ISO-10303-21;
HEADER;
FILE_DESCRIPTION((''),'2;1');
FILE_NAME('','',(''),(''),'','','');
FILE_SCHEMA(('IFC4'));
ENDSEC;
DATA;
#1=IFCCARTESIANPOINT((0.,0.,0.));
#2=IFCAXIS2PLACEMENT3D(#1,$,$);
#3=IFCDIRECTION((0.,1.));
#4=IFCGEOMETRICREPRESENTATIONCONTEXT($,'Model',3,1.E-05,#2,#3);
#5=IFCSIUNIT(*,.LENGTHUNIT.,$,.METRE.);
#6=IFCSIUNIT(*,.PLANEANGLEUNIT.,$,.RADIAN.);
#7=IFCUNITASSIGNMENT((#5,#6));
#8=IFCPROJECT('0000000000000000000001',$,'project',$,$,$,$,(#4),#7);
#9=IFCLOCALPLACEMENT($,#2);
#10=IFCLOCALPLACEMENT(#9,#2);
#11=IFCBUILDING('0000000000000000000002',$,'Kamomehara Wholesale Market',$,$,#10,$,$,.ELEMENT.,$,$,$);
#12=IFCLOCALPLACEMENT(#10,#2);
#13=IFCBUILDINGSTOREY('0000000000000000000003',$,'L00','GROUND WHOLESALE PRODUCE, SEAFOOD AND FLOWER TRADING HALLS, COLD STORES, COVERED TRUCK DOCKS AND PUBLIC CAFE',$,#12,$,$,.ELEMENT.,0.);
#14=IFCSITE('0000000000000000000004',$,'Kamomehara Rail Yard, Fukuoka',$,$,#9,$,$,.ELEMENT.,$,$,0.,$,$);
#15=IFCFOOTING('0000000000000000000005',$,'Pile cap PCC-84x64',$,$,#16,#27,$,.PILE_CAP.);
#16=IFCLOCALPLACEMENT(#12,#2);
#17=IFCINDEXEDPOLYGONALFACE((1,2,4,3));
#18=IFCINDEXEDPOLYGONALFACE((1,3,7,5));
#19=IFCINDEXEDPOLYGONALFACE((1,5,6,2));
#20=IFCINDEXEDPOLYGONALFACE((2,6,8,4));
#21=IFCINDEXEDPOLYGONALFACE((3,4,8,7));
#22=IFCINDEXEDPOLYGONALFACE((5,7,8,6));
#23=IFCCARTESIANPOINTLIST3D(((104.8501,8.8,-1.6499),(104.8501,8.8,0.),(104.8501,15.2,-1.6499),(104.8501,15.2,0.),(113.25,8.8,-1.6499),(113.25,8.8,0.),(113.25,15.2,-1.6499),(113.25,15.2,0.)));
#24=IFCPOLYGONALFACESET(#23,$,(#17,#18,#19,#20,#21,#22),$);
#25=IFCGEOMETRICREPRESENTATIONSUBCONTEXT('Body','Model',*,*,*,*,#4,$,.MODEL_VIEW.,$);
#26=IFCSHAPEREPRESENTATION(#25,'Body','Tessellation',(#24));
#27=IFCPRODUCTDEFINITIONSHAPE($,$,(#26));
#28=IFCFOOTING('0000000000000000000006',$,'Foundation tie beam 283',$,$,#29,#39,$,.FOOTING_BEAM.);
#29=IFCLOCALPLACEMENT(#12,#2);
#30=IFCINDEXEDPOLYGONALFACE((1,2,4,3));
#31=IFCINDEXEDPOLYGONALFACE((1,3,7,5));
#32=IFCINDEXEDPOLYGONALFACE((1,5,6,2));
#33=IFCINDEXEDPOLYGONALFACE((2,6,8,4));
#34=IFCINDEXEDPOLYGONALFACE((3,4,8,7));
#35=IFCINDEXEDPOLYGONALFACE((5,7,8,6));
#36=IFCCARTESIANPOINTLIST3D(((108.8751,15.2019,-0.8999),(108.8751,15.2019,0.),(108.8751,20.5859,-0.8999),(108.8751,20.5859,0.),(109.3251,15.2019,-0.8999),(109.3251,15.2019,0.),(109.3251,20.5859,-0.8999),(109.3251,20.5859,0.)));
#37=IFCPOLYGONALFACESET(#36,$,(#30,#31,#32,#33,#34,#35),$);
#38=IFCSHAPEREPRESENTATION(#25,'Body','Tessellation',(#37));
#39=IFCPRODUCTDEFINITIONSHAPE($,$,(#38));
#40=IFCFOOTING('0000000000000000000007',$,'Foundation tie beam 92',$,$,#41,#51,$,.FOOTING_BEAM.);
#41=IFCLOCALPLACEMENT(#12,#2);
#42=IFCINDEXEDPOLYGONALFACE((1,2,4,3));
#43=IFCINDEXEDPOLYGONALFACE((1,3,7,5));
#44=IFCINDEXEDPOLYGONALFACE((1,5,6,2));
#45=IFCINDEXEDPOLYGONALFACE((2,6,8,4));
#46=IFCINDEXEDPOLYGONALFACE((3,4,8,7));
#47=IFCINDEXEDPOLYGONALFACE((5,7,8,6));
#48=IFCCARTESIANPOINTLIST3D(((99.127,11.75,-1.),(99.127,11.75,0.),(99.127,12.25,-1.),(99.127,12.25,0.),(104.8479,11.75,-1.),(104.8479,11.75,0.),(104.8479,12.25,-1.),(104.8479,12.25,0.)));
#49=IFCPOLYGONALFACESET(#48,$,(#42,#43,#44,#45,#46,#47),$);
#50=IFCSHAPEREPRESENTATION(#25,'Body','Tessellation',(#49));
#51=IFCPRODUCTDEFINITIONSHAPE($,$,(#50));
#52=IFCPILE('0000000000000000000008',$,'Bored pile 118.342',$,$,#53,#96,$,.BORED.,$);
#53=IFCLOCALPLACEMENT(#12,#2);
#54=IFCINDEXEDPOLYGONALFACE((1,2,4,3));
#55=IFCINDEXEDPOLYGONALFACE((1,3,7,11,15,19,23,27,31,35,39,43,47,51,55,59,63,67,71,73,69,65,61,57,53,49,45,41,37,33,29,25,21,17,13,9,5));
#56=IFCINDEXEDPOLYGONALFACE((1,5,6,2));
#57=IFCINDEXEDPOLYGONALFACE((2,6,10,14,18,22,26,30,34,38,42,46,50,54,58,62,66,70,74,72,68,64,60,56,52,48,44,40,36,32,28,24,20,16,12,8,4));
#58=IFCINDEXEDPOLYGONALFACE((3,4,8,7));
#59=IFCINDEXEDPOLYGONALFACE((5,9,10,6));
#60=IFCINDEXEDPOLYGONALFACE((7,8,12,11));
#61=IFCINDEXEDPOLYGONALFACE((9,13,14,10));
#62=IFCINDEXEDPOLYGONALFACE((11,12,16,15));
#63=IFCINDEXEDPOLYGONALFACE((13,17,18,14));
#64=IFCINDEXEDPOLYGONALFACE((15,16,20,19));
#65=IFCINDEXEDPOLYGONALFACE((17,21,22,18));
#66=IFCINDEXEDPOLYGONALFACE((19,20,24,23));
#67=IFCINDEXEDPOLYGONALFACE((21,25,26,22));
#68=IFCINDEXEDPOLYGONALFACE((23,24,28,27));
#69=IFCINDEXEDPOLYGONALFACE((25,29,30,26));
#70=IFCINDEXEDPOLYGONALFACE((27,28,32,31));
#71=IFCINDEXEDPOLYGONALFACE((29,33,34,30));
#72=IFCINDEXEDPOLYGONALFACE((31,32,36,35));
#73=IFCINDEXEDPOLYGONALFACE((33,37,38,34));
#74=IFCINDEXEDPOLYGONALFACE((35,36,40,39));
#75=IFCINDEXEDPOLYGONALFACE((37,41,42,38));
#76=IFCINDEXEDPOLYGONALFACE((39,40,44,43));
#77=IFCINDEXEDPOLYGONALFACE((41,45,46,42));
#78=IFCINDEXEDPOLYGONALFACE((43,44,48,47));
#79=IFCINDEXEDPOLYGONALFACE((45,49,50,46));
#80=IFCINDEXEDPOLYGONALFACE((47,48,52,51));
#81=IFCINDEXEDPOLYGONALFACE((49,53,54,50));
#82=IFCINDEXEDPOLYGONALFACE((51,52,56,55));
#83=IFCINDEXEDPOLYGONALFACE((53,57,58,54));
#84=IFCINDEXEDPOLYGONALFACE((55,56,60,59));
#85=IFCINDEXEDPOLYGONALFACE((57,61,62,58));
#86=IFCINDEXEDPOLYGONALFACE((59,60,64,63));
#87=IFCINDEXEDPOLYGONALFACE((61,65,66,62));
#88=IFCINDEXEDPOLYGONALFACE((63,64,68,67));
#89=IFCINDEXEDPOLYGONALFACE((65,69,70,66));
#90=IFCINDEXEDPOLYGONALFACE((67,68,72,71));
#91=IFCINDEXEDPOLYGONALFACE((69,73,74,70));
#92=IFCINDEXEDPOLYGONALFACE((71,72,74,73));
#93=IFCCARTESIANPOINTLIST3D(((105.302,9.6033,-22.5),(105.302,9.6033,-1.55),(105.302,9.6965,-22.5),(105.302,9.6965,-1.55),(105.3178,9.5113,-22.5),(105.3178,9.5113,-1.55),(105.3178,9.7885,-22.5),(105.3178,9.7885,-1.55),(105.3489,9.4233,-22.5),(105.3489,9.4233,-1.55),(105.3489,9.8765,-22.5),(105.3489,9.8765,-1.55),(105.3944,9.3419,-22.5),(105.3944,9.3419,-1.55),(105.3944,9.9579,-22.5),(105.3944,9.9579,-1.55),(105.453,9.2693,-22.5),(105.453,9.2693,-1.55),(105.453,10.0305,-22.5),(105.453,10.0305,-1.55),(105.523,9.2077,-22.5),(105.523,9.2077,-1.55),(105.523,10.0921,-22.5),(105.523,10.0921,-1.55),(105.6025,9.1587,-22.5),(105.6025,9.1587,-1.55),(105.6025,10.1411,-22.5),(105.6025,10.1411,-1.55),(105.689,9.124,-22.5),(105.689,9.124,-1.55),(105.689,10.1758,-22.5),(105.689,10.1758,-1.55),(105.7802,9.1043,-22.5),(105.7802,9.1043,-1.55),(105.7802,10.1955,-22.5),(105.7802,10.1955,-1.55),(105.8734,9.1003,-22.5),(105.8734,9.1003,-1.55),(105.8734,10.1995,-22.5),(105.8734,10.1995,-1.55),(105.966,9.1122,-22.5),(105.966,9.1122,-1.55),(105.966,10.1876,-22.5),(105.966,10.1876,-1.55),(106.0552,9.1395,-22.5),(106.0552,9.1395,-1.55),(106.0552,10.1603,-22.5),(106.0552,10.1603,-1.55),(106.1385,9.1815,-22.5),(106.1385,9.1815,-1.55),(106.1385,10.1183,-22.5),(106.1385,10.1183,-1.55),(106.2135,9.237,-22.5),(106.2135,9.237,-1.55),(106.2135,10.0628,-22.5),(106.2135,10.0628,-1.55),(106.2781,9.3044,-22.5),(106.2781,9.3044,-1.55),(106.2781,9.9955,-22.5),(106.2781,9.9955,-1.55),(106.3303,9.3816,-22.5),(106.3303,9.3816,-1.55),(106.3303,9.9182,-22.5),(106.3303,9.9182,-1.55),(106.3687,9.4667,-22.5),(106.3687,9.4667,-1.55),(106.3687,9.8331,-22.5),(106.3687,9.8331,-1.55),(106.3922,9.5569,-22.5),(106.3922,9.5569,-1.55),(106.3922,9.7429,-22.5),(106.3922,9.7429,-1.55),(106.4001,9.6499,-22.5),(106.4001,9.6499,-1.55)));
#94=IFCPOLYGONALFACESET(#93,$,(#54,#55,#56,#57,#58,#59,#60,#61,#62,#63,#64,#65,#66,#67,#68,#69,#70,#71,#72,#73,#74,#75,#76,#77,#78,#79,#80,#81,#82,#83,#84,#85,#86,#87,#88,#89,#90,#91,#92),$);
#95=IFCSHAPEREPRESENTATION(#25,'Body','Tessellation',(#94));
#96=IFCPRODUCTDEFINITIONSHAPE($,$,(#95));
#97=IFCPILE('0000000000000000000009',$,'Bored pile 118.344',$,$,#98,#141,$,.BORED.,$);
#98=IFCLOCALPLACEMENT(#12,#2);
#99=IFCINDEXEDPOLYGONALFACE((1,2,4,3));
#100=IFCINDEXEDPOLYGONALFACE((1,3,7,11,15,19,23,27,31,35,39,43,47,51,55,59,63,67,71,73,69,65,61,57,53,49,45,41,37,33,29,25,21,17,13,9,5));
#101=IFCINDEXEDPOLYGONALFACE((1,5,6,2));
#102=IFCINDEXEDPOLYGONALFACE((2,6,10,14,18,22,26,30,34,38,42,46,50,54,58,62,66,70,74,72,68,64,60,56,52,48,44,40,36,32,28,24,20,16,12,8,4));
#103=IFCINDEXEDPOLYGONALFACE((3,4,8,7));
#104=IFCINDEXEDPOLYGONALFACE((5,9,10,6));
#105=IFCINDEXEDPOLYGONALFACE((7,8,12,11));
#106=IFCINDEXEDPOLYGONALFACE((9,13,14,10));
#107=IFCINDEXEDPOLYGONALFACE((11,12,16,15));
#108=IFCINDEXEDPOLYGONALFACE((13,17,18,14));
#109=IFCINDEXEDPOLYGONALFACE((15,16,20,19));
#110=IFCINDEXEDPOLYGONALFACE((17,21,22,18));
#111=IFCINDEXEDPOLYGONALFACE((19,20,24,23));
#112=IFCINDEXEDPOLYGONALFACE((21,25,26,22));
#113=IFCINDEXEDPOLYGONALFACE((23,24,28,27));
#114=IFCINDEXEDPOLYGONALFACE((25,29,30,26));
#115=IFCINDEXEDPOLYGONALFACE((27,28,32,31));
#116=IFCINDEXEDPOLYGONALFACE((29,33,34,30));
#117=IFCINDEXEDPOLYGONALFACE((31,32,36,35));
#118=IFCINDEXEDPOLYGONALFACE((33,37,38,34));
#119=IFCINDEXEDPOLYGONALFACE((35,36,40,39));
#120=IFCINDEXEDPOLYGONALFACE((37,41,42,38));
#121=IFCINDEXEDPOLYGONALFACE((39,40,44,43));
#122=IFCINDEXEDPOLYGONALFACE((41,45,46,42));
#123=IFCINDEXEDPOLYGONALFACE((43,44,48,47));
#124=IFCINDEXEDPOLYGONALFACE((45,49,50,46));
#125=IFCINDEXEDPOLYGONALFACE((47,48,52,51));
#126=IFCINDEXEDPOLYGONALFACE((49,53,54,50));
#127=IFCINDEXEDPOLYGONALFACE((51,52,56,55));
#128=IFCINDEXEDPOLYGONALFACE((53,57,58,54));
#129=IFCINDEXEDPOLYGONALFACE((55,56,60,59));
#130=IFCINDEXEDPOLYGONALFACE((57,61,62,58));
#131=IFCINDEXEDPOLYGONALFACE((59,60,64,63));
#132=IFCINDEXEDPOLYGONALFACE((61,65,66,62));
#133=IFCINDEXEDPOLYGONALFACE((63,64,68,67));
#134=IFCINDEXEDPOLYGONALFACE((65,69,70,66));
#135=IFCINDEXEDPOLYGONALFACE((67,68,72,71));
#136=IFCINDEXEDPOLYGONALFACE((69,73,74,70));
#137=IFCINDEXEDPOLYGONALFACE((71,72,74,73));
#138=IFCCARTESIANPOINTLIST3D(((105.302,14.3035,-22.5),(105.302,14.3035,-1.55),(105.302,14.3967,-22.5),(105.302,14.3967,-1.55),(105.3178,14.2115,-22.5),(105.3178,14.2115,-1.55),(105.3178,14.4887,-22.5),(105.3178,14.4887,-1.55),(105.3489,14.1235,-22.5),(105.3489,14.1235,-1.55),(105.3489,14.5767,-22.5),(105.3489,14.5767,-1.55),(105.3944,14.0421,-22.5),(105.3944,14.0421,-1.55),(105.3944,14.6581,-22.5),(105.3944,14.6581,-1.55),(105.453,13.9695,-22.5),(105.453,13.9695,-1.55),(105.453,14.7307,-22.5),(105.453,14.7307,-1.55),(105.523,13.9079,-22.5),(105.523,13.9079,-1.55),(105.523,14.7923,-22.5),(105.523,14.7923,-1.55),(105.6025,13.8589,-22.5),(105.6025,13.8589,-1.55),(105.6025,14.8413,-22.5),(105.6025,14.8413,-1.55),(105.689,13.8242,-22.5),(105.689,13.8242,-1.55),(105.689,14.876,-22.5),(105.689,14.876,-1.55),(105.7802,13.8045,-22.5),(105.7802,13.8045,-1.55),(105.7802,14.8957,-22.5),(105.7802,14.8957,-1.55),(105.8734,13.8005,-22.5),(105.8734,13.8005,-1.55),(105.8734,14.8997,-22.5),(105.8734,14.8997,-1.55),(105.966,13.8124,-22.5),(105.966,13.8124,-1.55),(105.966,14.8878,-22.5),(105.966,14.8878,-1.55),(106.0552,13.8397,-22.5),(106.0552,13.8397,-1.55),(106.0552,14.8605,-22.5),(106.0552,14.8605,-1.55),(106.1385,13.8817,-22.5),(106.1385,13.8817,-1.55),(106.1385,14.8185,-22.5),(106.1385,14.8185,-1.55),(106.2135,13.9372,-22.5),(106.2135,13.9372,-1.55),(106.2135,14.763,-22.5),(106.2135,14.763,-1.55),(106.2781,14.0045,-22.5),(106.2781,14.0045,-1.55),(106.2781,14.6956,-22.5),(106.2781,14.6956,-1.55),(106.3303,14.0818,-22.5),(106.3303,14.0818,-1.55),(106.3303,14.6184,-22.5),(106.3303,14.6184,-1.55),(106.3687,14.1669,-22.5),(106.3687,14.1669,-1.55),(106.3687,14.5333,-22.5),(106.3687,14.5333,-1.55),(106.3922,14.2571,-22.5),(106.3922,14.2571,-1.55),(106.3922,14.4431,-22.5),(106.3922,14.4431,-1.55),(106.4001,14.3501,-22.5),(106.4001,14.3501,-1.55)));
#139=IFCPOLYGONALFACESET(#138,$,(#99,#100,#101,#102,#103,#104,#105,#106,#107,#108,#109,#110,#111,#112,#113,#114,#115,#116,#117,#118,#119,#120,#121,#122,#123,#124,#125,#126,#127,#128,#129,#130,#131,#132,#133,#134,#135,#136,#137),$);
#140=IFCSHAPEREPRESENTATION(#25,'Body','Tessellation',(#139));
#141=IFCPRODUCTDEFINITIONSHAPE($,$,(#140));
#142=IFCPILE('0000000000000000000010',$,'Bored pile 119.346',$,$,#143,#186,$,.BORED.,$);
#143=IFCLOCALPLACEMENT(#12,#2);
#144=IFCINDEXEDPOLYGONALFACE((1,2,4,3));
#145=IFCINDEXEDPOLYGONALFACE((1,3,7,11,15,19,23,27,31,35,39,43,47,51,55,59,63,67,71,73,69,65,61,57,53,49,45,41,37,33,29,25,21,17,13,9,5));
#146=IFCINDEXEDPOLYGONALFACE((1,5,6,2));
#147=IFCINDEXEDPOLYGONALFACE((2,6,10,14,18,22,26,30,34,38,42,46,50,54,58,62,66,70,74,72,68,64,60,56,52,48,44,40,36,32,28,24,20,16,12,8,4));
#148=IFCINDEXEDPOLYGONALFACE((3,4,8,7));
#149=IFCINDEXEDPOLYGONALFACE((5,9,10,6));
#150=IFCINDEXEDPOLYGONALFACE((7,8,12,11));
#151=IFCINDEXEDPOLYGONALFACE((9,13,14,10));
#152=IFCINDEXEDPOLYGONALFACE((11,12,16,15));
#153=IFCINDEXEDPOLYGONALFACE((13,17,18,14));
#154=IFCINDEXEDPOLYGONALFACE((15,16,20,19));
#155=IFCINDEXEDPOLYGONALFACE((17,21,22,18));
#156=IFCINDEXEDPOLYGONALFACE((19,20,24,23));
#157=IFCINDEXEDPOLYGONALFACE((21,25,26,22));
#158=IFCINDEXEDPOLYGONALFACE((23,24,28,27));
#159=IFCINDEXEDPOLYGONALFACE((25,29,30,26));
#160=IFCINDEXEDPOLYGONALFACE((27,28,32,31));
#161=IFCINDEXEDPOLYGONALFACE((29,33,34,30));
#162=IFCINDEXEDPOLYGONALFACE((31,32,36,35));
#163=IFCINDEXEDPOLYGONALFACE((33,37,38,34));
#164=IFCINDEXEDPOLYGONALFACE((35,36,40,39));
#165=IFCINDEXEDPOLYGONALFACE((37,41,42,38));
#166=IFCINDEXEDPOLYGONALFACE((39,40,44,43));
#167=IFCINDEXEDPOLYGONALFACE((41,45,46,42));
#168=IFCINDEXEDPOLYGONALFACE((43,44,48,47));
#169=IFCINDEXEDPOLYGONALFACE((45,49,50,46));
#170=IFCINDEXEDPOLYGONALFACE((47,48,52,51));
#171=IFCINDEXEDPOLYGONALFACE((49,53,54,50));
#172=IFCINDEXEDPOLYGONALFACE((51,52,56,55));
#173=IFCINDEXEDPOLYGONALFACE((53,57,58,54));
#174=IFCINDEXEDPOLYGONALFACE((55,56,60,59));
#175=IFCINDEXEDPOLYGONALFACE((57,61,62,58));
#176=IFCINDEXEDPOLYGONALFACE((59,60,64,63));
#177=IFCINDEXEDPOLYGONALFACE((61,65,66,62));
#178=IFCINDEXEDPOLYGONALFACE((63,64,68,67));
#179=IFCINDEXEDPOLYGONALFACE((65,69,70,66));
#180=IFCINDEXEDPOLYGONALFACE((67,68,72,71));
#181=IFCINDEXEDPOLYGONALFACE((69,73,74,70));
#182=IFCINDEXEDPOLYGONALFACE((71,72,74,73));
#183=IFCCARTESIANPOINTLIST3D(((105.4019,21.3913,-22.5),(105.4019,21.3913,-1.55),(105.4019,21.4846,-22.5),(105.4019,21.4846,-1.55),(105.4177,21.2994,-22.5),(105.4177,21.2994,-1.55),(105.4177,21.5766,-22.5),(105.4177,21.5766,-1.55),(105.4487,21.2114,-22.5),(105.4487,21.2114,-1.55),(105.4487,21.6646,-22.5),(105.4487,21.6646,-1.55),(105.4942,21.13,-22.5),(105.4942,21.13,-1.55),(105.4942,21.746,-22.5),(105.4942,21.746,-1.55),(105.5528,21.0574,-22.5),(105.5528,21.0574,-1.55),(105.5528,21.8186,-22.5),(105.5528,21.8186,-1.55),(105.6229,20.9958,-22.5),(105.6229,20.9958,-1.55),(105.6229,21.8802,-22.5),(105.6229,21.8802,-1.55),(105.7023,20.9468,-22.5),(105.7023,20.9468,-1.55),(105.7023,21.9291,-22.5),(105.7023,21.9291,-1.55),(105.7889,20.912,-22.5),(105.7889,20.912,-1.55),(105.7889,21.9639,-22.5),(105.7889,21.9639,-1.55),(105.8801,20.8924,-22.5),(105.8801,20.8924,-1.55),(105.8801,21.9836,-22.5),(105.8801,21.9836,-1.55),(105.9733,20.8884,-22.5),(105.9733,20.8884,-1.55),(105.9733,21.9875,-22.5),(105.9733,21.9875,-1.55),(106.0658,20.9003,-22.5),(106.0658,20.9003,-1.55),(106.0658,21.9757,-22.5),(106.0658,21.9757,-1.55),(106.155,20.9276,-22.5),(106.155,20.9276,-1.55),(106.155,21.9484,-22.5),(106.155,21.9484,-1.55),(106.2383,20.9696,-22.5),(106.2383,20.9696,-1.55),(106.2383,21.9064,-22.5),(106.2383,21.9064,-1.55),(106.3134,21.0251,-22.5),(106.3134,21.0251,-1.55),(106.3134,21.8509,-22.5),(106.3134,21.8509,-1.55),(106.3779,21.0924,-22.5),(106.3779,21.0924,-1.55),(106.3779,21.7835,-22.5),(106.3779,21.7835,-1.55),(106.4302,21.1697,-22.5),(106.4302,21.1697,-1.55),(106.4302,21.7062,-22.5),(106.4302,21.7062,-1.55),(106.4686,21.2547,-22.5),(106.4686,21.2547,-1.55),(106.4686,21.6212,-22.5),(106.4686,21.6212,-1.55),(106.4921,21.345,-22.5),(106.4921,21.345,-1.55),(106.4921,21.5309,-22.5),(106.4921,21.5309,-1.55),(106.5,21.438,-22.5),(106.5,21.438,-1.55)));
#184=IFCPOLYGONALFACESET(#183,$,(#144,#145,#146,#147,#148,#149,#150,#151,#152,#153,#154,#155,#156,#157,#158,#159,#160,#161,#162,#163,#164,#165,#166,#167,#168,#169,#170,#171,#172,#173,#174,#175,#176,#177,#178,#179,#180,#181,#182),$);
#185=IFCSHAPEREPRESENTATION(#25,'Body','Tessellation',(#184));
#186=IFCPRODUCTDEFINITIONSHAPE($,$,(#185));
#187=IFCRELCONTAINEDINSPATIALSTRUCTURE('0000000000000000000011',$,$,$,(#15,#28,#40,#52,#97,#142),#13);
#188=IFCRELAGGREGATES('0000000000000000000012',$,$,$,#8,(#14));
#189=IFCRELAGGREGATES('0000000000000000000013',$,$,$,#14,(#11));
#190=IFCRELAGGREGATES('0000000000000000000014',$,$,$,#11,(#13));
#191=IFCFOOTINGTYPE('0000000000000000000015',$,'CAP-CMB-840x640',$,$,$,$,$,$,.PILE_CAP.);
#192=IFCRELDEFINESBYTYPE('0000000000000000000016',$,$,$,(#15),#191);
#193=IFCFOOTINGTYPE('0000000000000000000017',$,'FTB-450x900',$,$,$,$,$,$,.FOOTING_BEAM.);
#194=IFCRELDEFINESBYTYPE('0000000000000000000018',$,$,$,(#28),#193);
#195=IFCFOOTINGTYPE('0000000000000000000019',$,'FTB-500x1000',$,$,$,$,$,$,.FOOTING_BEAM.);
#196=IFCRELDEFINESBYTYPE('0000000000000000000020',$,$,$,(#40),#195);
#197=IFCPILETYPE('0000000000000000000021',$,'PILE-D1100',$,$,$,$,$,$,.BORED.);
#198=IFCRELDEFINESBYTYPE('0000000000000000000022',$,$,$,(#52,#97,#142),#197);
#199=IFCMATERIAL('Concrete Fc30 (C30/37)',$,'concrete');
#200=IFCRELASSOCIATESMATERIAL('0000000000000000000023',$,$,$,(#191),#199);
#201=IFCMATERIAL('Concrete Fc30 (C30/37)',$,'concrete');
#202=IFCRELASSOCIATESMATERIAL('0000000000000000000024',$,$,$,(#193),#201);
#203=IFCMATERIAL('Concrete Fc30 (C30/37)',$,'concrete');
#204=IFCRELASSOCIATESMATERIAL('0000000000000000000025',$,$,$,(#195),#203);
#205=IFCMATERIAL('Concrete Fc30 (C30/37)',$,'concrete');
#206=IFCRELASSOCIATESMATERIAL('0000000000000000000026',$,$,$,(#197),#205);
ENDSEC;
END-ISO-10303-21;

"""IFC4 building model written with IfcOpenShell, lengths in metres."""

from ifc_helpers import new_model, si_unit, direction, frame, origin, origin_2d, place, context, subcontext, project, spatial, rectangle, circle, extrude, material, material_profile, profile_set, type_object, element, save


model = new_model("IFC4")

# Units and contexts
model_context = context("Model", 3, precision=1e-05, world=origin(), true_north=direction((0.0, 1.0)))
body_context = subcontext(model_context, "Body", "Model", "MODEL_VIEW")
ifc_project = project(units=[si_unit("LENGTHUNIT", "METRE"), si_unit("PLANEANGLEUNIT", "RADIAN")], contexts=[model_context])

# Site, building, storey
site_placement = place(None, origin())
site = spatial("IfcSite", under=ifc_project, at=site_placement, Name="Kamomehara Rail Yard, Fukuoka", CompositionType="ELEMENT", RefElevation=0.0)
building_placement = place(site_placement, origin())
building = spatial("IfcBuilding", under=site, at=building_placement, Name="Kamomehara Wholesale Market", CompositionType="ELEMENT")
storey_placement = place(building_placement, origin())
storey = spatial("IfcBuildingStorey", under=building, at=storey_placement, Name="L00", Description="GROUND WHOLESALE PRODUCE, SEAFOOD AND FLOWER TRADING HALLS, COLD STORES, COVERED TRUCK DOCKS AND PUBLIC CAFE", CompositionType="ELEMENT", Elevation=0.0)

# Footings
ifc_material_1 = material(Name="Concrete Fc30 (C30/37)", Category="concrete")
footing_type_1 = type_object("IfcFootingType", Name="CAP-CMB-840x640", PredefinedType="PILE_CAP", material=ifc_material_1)
footing_1_placement = place(storey_placement, frame((109.05, 12.0, -1.6499), z_axis=(0.0, 0.0, 1.0), x_axis=(1.0, 0.0, 0.0)))
element("IfcFooting", 1, at=footing_1_placement, inside=storey, type_object=footing_type_1, Name="Pile cap PCC-84x64", PredefinedType="PILE_CAP", context=body_context, shape_type="SweptSolid", body=[
    extrude(rectangle(XDim=8.3999, YDim=6.3999, at=origin_2d()), origin(), (0.0, 0.0, 1.0), 1.6499),
])
ifc_material_2 = material(Name="Concrete Fc30 (C30/37)", Category="concrete")
ifc_material_profile_1 = material_profile(ifc_material_2, rectangle(XDim=0.45, YDim=0.8999, at=origin_2d()), Name="RC-FTB-450x900")
ifc_profile_set_1 = profile_set([ifc_material_profile_1], Name="Concrete Fc30 (C30/37)")
footing_type_2 = type_object("IfcFootingType", Name="FTB-450x900", PredefinedType="FOOTING_BEAM", material=ifc_profile_set_1)
footing_2_placement = place(storey_placement, frame((109.1001, 15.2019, -0.45), z_axis=(0.0, 1.0, 0.0), x_axis=(-1.0, 0.0, 0.0)))
element("IfcFooting", 2, at=footing_2_placement, inside=storey, type_object=footing_type_2, Name="Foundation tie beam 283", PredefinedType="FOOTING_BEAM", context=body_context, shape_type="SweptSolid", body=[
    extrude(rectangle(XDim=0.45, YDim=0.8999, at=origin_2d()), origin(), (0.0, 0.0, 1.0), 5.384),
])
ifc_material_3 = material(Name="Concrete Fc30 (C30/37)", Category="concrete")
ifc_material_profile_2 = material_profile(ifc_material_3, rectangle(XDim=0.5, YDim=1.0, at=origin_2d()), Name="RC-FTB-500x1000")
ifc_profile_set_2 = profile_set([ifc_material_profile_2], Name="Concrete Fc30 (C30/37)")
footing_type_3 = type_object("IfcFootingType", Name="FTB-500x1000", PredefinedType="FOOTING_BEAM", material=ifc_profile_set_2)
footing_3_placement = place(storey_placement, frame((99.127, 12.0, -0.5), z_axis=(1.0, 0.0, 0.0), x_axis=(0.0, 1.0, 0.0)))
element("IfcFooting", 3, at=footing_3_placement, inside=storey, type_object=footing_type_3, Name="Foundation tie beam 92", PredefinedType="FOOTING_BEAM", context=body_context, shape_type="SweptSolid", body=[
    extrude(rectangle(XDim=0.5, YDim=1.0, at=origin_2d()), origin(), (0.0, 0.0, 1.0), 5.7209),
])

# Piles
ifc_material_4 = material(Name="Concrete Fc30 (C30/37)", Category="concrete")
ifc_material_profile_3 = material_profile(ifc_material_4, circle(Radius=0.55, at=origin_2d()), Name="RC-PILE-D1100")
ifc_profile_set_3 = profile_set([ifc_material_profile_3], Name="Concrete Fc30 (C30/37)")
pile_type_1 = type_object("IfcPileType", Name="PILE-D1100", PredefinedType="BORED", material=ifc_profile_set_3)
for number, where, z_axis, x_axis, name in (
    (4, (105.8501, 9.6499, -1.55), (0.0, 0.0, -1.0), (1.0, 0.0, 0.0), "Bored pile 118.342"),
    (5, (105.8501, 14.3501, -1.55), (0.0, 0.0, -1.0), (1.0, 0.0, 0.0), "Bored pile 118.344"),
    (6, (105.95, 21.438, -1.55), (0.0, 0.0, -1.0), (1.0, 0.0, 0.0), "Bored pile 119.346"),
):
    element("IfcPile", number, at=place(storey_placement, frame(where, z_axis=z_axis, x_axis=x_axis)), inside=storey, type_object=pile_type_1, Name=name, PredefinedType="BORED", context=body_context, shape_type="SweptSolid", body=[
        extrude(circle(Radius=0.55, at=origin_2d()), origin(), (0.0, 0.0, 1.0), 20.95),
    ])

save(model, "model.ifc")
